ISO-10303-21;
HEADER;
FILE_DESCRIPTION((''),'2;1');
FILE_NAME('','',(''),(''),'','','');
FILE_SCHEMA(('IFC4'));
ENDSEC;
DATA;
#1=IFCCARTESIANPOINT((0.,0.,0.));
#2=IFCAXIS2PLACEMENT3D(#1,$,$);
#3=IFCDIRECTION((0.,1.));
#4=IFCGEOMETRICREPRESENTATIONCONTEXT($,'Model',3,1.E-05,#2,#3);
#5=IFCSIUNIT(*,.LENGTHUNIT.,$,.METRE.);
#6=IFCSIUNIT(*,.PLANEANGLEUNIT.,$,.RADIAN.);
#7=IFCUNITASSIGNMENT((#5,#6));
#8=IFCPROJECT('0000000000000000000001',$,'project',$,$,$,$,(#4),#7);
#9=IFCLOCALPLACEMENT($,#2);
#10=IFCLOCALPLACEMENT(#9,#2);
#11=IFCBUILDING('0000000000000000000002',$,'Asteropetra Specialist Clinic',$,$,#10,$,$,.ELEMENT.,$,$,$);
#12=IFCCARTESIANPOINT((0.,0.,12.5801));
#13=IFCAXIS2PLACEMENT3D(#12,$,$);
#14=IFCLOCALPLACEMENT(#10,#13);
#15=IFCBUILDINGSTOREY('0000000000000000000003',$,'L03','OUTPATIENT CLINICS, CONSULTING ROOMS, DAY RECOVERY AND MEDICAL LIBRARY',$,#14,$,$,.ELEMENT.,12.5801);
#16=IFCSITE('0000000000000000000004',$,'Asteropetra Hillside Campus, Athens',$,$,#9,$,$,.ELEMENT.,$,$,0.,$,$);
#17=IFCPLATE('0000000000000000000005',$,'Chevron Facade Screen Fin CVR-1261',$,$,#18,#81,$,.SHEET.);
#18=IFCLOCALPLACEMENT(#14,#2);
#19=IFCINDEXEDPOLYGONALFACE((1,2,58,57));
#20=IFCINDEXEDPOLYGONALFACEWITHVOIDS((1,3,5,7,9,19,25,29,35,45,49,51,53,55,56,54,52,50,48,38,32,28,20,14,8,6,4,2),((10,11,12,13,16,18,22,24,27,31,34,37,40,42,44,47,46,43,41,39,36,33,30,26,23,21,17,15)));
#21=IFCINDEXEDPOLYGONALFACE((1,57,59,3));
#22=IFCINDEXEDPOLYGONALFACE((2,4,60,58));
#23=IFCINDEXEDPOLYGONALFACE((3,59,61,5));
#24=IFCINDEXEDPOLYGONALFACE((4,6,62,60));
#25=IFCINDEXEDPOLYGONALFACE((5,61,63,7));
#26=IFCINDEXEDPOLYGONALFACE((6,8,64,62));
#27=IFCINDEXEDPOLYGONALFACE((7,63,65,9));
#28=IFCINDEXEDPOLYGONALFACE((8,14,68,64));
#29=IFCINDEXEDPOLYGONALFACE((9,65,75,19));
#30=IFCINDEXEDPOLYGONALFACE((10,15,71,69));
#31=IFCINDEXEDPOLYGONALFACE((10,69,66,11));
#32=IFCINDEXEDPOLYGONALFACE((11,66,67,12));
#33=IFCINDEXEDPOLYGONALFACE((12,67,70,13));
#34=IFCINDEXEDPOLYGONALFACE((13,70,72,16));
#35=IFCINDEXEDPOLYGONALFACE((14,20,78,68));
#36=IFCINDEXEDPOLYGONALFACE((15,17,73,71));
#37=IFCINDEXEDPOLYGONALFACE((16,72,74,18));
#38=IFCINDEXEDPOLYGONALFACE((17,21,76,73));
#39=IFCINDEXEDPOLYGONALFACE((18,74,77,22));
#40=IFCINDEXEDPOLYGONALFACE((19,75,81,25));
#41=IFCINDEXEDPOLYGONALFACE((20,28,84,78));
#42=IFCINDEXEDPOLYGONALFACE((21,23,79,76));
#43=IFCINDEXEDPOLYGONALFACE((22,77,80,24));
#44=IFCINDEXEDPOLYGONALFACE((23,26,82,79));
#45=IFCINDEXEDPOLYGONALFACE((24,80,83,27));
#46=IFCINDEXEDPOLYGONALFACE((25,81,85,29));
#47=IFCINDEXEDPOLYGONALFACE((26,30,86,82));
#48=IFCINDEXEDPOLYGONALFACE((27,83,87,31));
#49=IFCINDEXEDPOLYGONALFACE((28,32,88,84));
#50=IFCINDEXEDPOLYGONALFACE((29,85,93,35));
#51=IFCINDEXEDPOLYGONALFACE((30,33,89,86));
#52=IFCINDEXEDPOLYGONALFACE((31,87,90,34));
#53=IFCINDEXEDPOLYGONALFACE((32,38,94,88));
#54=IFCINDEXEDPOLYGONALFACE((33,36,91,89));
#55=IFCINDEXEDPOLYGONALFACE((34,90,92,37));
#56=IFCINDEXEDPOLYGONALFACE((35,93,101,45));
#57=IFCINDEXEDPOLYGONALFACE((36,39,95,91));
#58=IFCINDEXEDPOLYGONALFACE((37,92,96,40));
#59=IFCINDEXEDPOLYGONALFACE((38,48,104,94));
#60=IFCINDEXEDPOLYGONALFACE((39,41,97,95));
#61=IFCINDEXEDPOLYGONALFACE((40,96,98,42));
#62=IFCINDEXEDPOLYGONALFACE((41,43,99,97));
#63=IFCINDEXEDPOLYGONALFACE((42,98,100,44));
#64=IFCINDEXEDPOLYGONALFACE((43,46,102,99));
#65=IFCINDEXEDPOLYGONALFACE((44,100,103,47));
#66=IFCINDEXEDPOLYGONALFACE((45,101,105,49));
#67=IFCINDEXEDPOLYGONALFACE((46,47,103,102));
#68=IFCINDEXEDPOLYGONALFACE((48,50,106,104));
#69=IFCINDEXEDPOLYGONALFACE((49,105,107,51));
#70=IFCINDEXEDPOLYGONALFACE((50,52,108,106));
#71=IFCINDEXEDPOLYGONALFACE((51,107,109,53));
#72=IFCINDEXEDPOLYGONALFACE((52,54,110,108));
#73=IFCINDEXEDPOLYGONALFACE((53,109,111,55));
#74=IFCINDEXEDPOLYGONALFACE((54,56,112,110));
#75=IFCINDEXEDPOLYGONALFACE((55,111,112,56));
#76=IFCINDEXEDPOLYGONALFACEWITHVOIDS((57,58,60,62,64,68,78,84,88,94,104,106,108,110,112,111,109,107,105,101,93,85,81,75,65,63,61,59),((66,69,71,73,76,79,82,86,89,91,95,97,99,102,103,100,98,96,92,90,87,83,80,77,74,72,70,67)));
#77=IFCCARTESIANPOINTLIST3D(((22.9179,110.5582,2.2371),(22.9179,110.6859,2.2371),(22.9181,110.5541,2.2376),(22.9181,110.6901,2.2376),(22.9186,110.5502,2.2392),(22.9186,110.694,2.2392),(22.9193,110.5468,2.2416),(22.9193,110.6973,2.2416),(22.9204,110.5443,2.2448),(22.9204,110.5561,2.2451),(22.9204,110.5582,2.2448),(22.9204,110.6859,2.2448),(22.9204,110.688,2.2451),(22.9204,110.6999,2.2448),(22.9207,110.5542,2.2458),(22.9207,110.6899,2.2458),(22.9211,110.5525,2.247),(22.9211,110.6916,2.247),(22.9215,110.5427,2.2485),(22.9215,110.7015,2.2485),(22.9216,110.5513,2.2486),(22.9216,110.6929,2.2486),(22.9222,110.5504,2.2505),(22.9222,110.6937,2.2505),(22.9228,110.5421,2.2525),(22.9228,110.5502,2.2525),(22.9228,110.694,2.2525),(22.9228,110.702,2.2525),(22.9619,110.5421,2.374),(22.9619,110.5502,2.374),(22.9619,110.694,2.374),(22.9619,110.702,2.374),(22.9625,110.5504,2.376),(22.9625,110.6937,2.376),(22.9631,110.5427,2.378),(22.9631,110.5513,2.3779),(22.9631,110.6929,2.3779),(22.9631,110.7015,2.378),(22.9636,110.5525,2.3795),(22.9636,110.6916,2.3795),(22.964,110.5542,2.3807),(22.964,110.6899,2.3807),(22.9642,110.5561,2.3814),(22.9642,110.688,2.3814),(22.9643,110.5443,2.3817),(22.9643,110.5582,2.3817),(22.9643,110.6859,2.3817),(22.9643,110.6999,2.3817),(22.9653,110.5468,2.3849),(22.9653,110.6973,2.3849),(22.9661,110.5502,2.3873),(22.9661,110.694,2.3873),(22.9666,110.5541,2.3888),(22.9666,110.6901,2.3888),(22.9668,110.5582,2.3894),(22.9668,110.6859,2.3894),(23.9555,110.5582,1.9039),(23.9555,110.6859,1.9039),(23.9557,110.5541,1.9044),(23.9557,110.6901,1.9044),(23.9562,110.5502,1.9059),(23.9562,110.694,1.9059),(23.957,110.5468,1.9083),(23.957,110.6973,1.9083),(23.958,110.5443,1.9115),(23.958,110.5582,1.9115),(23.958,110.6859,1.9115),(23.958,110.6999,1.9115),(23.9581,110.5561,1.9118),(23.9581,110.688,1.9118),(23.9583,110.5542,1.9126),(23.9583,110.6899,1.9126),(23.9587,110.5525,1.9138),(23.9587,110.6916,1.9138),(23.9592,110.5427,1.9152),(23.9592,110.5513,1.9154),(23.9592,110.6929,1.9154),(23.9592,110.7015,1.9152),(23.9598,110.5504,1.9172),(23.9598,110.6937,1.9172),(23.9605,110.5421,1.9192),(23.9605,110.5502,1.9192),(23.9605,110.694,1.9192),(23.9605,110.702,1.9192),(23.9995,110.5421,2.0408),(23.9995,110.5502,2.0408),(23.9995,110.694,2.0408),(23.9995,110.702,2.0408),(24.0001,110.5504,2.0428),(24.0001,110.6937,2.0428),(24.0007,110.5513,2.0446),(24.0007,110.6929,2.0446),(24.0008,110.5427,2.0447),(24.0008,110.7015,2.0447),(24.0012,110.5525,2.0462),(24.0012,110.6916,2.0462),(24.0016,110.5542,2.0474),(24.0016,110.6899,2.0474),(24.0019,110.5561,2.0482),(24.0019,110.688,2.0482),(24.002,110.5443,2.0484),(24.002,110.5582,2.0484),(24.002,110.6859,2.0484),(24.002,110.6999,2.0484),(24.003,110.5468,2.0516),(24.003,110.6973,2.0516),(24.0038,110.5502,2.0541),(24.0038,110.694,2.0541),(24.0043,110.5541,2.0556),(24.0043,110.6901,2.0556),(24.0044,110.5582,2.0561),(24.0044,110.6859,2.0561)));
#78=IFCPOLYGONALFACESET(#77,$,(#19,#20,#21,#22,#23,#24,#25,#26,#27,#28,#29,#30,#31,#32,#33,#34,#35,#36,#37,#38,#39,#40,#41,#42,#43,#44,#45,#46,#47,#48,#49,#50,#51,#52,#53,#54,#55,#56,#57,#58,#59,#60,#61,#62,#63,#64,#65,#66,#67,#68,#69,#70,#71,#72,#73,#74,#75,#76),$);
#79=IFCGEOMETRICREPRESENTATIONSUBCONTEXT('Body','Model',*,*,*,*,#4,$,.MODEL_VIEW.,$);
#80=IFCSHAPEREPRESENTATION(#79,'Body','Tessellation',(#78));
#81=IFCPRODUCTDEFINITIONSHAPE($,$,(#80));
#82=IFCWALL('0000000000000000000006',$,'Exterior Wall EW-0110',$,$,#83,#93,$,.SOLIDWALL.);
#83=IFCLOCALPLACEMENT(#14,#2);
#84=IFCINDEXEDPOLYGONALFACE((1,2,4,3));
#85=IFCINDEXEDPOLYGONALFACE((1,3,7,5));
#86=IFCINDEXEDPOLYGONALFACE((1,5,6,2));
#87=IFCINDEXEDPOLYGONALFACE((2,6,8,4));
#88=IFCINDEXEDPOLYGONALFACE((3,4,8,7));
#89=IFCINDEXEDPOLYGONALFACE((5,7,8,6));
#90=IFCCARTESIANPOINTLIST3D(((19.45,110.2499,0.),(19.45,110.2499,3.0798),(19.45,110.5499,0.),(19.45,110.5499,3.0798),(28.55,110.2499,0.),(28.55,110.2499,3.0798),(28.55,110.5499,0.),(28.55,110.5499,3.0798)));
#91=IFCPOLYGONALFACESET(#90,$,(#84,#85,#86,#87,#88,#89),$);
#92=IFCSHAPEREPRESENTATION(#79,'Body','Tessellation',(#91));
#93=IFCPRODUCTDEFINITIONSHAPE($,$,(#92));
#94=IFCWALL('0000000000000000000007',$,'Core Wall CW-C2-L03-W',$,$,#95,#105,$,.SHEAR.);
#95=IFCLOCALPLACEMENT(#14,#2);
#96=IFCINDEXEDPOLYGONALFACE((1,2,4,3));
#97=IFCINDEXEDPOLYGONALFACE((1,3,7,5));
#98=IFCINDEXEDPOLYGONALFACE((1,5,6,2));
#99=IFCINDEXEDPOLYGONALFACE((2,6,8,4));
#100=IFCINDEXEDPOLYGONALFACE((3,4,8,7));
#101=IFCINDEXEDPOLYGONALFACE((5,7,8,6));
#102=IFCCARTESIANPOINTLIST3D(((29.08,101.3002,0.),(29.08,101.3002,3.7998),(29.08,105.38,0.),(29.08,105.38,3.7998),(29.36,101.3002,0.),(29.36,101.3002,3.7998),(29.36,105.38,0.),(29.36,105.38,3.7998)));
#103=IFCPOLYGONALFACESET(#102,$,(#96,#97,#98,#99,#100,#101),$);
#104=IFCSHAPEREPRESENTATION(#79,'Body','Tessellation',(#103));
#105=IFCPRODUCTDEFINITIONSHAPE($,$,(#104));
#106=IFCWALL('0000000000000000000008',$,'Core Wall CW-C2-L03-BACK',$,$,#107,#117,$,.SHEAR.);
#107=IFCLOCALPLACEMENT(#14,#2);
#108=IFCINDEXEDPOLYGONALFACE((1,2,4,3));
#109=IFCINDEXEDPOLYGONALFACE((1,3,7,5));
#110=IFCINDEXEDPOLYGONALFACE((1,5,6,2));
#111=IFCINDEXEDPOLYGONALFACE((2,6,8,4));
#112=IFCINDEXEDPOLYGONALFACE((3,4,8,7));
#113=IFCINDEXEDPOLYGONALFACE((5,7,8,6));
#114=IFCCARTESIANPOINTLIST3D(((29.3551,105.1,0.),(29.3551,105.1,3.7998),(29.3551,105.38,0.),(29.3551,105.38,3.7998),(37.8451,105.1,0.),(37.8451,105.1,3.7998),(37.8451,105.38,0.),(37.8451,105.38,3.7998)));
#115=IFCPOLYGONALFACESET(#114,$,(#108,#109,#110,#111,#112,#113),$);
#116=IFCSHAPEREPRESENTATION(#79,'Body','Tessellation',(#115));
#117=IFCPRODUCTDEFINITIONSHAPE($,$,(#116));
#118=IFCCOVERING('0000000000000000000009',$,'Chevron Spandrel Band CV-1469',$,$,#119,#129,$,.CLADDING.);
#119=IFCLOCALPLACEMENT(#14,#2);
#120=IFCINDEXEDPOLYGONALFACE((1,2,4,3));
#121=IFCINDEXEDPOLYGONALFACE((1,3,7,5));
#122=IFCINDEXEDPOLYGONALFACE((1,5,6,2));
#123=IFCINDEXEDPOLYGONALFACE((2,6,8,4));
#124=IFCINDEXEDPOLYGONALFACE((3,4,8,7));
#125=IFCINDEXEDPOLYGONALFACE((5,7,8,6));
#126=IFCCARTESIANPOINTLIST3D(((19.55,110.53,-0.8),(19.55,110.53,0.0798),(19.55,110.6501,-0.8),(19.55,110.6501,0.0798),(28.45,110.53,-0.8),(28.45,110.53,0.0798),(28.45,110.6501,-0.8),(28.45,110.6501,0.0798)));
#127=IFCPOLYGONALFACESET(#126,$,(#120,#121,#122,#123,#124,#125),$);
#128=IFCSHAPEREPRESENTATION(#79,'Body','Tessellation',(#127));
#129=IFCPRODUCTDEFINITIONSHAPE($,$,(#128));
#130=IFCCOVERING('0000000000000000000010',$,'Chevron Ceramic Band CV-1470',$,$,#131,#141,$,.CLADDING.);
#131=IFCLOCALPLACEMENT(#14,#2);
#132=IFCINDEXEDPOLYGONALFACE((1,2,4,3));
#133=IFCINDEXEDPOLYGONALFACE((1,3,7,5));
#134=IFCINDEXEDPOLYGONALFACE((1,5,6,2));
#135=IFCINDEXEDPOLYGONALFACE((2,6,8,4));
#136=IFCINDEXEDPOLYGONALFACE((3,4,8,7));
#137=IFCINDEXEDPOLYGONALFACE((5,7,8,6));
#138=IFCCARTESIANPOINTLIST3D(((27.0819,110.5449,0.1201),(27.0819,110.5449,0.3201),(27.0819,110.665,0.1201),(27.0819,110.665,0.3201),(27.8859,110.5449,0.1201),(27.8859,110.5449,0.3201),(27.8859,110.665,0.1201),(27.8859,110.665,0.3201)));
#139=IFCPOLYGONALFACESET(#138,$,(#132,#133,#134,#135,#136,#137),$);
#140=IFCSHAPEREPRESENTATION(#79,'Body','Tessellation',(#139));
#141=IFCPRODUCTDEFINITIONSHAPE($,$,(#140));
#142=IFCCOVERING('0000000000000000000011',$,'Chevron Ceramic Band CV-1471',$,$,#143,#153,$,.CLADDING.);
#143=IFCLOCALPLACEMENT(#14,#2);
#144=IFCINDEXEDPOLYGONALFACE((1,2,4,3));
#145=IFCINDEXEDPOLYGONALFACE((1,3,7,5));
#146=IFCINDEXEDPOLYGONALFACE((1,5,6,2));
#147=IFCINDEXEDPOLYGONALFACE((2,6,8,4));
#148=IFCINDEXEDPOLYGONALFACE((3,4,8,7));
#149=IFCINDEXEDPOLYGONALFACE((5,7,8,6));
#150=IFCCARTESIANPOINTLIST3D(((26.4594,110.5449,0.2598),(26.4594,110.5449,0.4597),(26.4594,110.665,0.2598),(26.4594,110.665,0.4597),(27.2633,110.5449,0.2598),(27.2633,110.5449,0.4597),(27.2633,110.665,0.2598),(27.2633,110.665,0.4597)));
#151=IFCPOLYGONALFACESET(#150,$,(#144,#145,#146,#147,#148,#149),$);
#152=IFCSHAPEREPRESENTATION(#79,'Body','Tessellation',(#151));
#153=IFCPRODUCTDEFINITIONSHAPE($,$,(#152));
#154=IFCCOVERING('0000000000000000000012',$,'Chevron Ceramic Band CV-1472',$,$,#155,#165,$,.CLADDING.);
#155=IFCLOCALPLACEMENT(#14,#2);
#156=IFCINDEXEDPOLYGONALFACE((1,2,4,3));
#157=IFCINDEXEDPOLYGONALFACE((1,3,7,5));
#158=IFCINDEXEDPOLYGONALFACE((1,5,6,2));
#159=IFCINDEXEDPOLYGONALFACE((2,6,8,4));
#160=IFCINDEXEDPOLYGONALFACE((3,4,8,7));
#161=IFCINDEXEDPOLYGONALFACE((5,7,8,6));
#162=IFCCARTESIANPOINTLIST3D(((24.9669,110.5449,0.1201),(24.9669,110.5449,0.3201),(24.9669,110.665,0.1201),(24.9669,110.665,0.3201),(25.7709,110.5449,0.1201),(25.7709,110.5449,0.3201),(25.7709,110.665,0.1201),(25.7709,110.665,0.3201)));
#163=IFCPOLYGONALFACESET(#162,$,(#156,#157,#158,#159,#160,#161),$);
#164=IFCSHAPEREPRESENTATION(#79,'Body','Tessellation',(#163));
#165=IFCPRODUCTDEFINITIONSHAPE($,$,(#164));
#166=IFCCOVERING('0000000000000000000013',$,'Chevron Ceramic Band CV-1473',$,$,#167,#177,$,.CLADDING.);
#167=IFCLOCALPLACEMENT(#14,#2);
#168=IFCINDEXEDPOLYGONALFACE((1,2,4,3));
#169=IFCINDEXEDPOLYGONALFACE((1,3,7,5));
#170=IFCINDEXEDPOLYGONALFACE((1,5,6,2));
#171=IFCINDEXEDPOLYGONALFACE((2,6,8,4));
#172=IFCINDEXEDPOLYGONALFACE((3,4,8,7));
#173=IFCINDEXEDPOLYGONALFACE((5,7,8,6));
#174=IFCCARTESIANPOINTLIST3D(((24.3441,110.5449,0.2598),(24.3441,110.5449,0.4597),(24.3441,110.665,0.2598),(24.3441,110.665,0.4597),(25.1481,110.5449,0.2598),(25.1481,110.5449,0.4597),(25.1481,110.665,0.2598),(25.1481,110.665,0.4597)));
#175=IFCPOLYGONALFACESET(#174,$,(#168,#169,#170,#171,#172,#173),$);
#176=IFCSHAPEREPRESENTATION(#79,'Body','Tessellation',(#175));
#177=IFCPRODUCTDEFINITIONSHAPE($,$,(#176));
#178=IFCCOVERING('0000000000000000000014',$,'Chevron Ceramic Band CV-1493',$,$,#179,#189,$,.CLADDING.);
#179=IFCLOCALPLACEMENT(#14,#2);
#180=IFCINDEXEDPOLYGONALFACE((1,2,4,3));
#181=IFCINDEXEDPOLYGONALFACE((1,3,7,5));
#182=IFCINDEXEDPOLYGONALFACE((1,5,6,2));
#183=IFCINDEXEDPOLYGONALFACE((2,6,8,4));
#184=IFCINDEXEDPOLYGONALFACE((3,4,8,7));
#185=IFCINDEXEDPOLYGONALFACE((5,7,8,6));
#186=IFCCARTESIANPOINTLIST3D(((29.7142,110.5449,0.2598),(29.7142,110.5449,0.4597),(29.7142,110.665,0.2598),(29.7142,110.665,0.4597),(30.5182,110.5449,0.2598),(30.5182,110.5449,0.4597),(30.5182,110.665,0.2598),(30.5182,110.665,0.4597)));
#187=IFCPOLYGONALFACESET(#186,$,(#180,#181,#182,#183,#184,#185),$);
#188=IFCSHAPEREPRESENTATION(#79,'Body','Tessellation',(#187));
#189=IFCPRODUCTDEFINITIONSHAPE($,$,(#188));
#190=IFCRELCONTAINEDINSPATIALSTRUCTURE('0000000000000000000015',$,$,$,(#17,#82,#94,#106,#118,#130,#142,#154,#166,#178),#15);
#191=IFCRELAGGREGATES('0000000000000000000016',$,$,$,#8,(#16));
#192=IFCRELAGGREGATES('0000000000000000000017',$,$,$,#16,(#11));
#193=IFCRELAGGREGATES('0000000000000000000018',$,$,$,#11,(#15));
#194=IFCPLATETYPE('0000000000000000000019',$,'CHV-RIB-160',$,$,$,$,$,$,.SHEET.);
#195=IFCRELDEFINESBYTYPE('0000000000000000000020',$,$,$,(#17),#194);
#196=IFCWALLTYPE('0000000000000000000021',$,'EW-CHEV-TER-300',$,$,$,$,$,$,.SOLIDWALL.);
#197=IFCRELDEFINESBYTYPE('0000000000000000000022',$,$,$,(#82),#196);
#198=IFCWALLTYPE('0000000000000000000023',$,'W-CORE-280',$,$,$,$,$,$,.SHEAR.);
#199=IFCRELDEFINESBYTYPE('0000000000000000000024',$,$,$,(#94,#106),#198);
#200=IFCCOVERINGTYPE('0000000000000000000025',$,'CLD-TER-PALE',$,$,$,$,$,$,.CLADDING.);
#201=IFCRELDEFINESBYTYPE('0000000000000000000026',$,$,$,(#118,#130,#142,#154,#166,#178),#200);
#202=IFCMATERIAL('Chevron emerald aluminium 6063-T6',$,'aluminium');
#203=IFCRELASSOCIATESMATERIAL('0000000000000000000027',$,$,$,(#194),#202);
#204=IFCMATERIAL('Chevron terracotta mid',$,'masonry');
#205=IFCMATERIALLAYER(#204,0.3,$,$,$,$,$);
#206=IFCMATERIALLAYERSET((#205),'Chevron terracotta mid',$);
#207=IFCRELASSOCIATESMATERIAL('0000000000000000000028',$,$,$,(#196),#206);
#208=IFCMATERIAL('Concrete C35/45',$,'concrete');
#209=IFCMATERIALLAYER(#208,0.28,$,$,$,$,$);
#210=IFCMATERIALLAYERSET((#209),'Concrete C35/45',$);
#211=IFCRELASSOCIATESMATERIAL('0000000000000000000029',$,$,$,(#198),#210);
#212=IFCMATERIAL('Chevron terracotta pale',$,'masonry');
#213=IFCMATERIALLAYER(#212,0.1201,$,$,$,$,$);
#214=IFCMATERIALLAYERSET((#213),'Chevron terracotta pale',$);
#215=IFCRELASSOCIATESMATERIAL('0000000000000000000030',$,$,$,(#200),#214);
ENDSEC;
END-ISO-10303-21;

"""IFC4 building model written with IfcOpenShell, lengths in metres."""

from ifc_helpers import new_model, si_unit, direction, frame, frame_2d, origin, origin_2d, place, context, subcontext, project, spatial, rectangle, hollow_rectangle, extrude, material, layer, layer_set, material_profile, profile_set, type_object, element, save


model = new_model("IFC4")

# Units and contexts
model_context = context("Model", 3, precision=1e-05, world=origin(), true_north=direction((0.0, 1.0)))
body_context = subcontext(model_context, "Body", "Model", "MODEL_VIEW")
ifc_project = project(units=[si_unit("LENGTHUNIT", "METRE"), si_unit("PLANEANGLEUNIT", "RADIAN")], contexts=[model_context])

# Site, building, storey
site_placement = place(None, origin())
site = spatial("IfcSite", under=ifc_project, at=site_placement, Name="Asteropetra Hillside Campus, Athens", CompositionType="ELEMENT", RefElevation=0.0)
building_placement = place(site_placement, origin())
building = spatial("IfcBuilding", under=site, at=building_placement, Name="Asteropetra Specialist Clinic", CompositionType="ELEMENT")
storey_placement = place(building_placement, frame((0.0, 0.0, 12.5801)))
storey = spatial("IfcBuildingStorey", under=building, at=storey_placement, Name="L03", Description="OUTPATIENT CLINICS, CONSULTING ROOMS, DAY RECOVERY AND MEDICAL LIBRARY", CompositionType="ELEMENT", Elevation=12.5801)

# Plate
ifc_material_1 = material(Name="Chevron emerald aluminium 6063-T6", Category="aluminium")
ifc_material_profile_1 = material_profile(ifc_material_1, hollow_rectangle(XDim=0.1599, YDim=0.1599, WallThickness=0.0081, InnerFilletRadius=0.0081, OuterFilletRadius=0.0161, at=origin_2d()), Name="SHS 160x160x8.0")
ifc_profile_set_1 = profile_set([ifc_material_profile_1], Name="Chevron emerald aluminium 6063-T6")
plate_type = type_object("IfcPlateType", Name="CHV-RIB-160", PredefinedType="SHEET", material=ifc_profile_set_1)
for number, where, z_axis, x_axis, name in (
    (1, (23.98, 110.6221, 1.98), (-0.952098, 0.0, 0.305792), (0.0, -1.0, 0.0), "Chevron Facade Screen Fin CVR-1261"),
):
    element("IfcPlate", number, at=place(storey_placement, frame(where, z_axis=z_axis, x_axis=x_axis)), inside=storey, type_object=plate_type, Name=name, PredefinedType="SHEET", context=body_context, shape_type="SweptSolid", body=[
        extrude(hollow_rectangle(XDim=0.1599, YDim=0.1599, WallThickness=0.0081, InnerFilletRadius=0.0081, OuterFilletRadius=0.0161, at=origin_2d()), origin(), (0.0, 0.0, 1.0), 1.0898),
    ])

# Walls
ifc_material_2 = material(Name="Chevron terracotta mid", Category="masonry")
ifc_layer_1 = layer(ifc_material_2, 0.3)
ifc_layer_set_1 = layer_set([ifc_layer_1], Name="Chevron terracotta mid")
wall_type_1 = type_object("IfcWallType", Name="EW-CHEV-TER-300", PredefinedType="SOLIDWALL", material=ifc_layer_set_1)
wall_1_placement = place(storey_placement, frame((28.55, 110.3999, 0.0), z_axis=(0.0, 0.0, 1.0), x_axis=(-1.0, 0.0, 0.0)))
element("IfcWall", 2, at=wall_1_placement, inside=storey, type_object=wall_type_1, Name="Exterior Wall EW-0110", PredefinedType="SOLIDWALL", context=body_context, shape_type="SweptSolid", body=[
    extrude(rectangle(XDim=9.1001, YDim=0.3, at=frame_2d((4.55, 0.0))), origin(), (0.0, 0.0, 1.0), 3.0798),
])
ifc_material_3 = material(Name="Concrete C35/45", Category="concrete")
ifc_layer_2 = layer(ifc_material_3, 0.28)
ifc_layer_set_2 = layer_set([ifc_layer_2], Name="Concrete C35/45")
wall_type_2 = type_object("IfcWallType", Name="W-CORE-280", PredefinedType="SHEAR", material=ifc_layer_set_2)
wall_2_placement = place(storey_placement, frame((29.22, 101.3, 0.0), z_axis=(0.0, 0.0, 1.0), x_axis=(0.0, 1.0, 0.0)))
element("IfcWall", 3, at=wall_2_placement, inside=storey, type_object=wall_type_2, Name="Core Wall CW-C2-L03-W", PredefinedType="SHEAR", context=body_context, shape_type="SweptSolid", body=[
    extrude(rectangle(XDim=4.0798, YDim=0.28, at=frame_2d((2.04, 0.0))), origin(), (0.0, 0.0, 1.0), 3.7998),
])
wall_3_placement = place(storey_placement, frame((29.355, 105.24, 0.0), z_axis=(0.0, 0.0, 1.0), x_axis=(1.0, 0.0, 0.0)))
element("IfcWall", 4, at=wall_3_placement, inside=storey, type_object=wall_type_2, Name="Core Wall CW-C2-L03-BACK", PredefinedType="SHEAR", context=body_context, shape_type="SweptSolid", body=[
    extrude(rectangle(XDim=8.49, YDim=0.28, at=frame_2d((4.2451, 0.0))), origin(), (0.0, 0.0, 1.0), 3.7998),
])

# Coverings
ifc_material_4 = material(Name="Chevron terracotta pale", Category="masonry")
ifc_layer_3 = layer(ifc_material_4, 0.1201)
ifc_layer_set_3 = layer_set([ifc_layer_3], Name="Chevron terracotta pale")
covering_type = type_object("IfcCoveringType", Name="CLD-TER-PALE", PredefinedType="CLADDING", material=ifc_layer_set_3)
covering_placement = place(storey_placement, frame((24.0, 110.5901, -0.8), z_axis=(0.0, 0.0, 1.0), x_axis=(1.0, 0.0, 0.0)))
element("IfcCovering", 5, at=covering_placement, inside=storey, type_object=covering_type, Name="Chevron Spandrel Band CV-1469", PredefinedType="CLADDING", context=body_context, shape_type="SweptSolid", body=[
    extrude(rectangle(XDim=8.8999, YDim=0.1201, at=origin_2d()), origin(), (0.0, 0.0, 1.0), 0.8799),
])
for number, where, z_axis, x_axis, name in (
    (6, (27.4839, 110.605, 0.1201), (0.0, 0.0, 1.0), (1.0, 0.0, 0.0), "Chevron Ceramic Band CV-1470"),
    (7, (26.8613, 110.605, 0.2598), (0.0, 0.0, 1.0), (1.0, 0.0, 0.0), "Chevron Ceramic Band CV-1471"),
    (8, (25.3689, 110.605, 0.1201), (0.0, 0.0, 1.0), (1.0, 0.0, 0.0), "Chevron Ceramic Band CV-1472"),
    (9, (24.7461, 110.605, 0.2598), (0.0, 0.0, 1.0), (1.0, 0.0, 0.0), "Chevron Ceramic Band CV-1473"),
    (10, (30.1162, 110.605, 0.2598), (0.0, 0.0, 1.0), (1.0, 0.0, 0.0), "Chevron Ceramic Band CV-1493"),
):
    element("IfcCovering", number, at=place(storey_placement, frame(where, z_axis=z_axis, x_axis=x_axis)), inside=storey, type_object=covering_type, Name=name, PredefinedType="CLADDING", context=body_context, shape_type="SweptSolid", body=[
        extrude(rectangle(XDim=0.804, YDim=0.1201, at=origin_2d()), origin(), (0.0, 0.0, 1.0), 0.2),
    ])

save(model, "model.ifc")
